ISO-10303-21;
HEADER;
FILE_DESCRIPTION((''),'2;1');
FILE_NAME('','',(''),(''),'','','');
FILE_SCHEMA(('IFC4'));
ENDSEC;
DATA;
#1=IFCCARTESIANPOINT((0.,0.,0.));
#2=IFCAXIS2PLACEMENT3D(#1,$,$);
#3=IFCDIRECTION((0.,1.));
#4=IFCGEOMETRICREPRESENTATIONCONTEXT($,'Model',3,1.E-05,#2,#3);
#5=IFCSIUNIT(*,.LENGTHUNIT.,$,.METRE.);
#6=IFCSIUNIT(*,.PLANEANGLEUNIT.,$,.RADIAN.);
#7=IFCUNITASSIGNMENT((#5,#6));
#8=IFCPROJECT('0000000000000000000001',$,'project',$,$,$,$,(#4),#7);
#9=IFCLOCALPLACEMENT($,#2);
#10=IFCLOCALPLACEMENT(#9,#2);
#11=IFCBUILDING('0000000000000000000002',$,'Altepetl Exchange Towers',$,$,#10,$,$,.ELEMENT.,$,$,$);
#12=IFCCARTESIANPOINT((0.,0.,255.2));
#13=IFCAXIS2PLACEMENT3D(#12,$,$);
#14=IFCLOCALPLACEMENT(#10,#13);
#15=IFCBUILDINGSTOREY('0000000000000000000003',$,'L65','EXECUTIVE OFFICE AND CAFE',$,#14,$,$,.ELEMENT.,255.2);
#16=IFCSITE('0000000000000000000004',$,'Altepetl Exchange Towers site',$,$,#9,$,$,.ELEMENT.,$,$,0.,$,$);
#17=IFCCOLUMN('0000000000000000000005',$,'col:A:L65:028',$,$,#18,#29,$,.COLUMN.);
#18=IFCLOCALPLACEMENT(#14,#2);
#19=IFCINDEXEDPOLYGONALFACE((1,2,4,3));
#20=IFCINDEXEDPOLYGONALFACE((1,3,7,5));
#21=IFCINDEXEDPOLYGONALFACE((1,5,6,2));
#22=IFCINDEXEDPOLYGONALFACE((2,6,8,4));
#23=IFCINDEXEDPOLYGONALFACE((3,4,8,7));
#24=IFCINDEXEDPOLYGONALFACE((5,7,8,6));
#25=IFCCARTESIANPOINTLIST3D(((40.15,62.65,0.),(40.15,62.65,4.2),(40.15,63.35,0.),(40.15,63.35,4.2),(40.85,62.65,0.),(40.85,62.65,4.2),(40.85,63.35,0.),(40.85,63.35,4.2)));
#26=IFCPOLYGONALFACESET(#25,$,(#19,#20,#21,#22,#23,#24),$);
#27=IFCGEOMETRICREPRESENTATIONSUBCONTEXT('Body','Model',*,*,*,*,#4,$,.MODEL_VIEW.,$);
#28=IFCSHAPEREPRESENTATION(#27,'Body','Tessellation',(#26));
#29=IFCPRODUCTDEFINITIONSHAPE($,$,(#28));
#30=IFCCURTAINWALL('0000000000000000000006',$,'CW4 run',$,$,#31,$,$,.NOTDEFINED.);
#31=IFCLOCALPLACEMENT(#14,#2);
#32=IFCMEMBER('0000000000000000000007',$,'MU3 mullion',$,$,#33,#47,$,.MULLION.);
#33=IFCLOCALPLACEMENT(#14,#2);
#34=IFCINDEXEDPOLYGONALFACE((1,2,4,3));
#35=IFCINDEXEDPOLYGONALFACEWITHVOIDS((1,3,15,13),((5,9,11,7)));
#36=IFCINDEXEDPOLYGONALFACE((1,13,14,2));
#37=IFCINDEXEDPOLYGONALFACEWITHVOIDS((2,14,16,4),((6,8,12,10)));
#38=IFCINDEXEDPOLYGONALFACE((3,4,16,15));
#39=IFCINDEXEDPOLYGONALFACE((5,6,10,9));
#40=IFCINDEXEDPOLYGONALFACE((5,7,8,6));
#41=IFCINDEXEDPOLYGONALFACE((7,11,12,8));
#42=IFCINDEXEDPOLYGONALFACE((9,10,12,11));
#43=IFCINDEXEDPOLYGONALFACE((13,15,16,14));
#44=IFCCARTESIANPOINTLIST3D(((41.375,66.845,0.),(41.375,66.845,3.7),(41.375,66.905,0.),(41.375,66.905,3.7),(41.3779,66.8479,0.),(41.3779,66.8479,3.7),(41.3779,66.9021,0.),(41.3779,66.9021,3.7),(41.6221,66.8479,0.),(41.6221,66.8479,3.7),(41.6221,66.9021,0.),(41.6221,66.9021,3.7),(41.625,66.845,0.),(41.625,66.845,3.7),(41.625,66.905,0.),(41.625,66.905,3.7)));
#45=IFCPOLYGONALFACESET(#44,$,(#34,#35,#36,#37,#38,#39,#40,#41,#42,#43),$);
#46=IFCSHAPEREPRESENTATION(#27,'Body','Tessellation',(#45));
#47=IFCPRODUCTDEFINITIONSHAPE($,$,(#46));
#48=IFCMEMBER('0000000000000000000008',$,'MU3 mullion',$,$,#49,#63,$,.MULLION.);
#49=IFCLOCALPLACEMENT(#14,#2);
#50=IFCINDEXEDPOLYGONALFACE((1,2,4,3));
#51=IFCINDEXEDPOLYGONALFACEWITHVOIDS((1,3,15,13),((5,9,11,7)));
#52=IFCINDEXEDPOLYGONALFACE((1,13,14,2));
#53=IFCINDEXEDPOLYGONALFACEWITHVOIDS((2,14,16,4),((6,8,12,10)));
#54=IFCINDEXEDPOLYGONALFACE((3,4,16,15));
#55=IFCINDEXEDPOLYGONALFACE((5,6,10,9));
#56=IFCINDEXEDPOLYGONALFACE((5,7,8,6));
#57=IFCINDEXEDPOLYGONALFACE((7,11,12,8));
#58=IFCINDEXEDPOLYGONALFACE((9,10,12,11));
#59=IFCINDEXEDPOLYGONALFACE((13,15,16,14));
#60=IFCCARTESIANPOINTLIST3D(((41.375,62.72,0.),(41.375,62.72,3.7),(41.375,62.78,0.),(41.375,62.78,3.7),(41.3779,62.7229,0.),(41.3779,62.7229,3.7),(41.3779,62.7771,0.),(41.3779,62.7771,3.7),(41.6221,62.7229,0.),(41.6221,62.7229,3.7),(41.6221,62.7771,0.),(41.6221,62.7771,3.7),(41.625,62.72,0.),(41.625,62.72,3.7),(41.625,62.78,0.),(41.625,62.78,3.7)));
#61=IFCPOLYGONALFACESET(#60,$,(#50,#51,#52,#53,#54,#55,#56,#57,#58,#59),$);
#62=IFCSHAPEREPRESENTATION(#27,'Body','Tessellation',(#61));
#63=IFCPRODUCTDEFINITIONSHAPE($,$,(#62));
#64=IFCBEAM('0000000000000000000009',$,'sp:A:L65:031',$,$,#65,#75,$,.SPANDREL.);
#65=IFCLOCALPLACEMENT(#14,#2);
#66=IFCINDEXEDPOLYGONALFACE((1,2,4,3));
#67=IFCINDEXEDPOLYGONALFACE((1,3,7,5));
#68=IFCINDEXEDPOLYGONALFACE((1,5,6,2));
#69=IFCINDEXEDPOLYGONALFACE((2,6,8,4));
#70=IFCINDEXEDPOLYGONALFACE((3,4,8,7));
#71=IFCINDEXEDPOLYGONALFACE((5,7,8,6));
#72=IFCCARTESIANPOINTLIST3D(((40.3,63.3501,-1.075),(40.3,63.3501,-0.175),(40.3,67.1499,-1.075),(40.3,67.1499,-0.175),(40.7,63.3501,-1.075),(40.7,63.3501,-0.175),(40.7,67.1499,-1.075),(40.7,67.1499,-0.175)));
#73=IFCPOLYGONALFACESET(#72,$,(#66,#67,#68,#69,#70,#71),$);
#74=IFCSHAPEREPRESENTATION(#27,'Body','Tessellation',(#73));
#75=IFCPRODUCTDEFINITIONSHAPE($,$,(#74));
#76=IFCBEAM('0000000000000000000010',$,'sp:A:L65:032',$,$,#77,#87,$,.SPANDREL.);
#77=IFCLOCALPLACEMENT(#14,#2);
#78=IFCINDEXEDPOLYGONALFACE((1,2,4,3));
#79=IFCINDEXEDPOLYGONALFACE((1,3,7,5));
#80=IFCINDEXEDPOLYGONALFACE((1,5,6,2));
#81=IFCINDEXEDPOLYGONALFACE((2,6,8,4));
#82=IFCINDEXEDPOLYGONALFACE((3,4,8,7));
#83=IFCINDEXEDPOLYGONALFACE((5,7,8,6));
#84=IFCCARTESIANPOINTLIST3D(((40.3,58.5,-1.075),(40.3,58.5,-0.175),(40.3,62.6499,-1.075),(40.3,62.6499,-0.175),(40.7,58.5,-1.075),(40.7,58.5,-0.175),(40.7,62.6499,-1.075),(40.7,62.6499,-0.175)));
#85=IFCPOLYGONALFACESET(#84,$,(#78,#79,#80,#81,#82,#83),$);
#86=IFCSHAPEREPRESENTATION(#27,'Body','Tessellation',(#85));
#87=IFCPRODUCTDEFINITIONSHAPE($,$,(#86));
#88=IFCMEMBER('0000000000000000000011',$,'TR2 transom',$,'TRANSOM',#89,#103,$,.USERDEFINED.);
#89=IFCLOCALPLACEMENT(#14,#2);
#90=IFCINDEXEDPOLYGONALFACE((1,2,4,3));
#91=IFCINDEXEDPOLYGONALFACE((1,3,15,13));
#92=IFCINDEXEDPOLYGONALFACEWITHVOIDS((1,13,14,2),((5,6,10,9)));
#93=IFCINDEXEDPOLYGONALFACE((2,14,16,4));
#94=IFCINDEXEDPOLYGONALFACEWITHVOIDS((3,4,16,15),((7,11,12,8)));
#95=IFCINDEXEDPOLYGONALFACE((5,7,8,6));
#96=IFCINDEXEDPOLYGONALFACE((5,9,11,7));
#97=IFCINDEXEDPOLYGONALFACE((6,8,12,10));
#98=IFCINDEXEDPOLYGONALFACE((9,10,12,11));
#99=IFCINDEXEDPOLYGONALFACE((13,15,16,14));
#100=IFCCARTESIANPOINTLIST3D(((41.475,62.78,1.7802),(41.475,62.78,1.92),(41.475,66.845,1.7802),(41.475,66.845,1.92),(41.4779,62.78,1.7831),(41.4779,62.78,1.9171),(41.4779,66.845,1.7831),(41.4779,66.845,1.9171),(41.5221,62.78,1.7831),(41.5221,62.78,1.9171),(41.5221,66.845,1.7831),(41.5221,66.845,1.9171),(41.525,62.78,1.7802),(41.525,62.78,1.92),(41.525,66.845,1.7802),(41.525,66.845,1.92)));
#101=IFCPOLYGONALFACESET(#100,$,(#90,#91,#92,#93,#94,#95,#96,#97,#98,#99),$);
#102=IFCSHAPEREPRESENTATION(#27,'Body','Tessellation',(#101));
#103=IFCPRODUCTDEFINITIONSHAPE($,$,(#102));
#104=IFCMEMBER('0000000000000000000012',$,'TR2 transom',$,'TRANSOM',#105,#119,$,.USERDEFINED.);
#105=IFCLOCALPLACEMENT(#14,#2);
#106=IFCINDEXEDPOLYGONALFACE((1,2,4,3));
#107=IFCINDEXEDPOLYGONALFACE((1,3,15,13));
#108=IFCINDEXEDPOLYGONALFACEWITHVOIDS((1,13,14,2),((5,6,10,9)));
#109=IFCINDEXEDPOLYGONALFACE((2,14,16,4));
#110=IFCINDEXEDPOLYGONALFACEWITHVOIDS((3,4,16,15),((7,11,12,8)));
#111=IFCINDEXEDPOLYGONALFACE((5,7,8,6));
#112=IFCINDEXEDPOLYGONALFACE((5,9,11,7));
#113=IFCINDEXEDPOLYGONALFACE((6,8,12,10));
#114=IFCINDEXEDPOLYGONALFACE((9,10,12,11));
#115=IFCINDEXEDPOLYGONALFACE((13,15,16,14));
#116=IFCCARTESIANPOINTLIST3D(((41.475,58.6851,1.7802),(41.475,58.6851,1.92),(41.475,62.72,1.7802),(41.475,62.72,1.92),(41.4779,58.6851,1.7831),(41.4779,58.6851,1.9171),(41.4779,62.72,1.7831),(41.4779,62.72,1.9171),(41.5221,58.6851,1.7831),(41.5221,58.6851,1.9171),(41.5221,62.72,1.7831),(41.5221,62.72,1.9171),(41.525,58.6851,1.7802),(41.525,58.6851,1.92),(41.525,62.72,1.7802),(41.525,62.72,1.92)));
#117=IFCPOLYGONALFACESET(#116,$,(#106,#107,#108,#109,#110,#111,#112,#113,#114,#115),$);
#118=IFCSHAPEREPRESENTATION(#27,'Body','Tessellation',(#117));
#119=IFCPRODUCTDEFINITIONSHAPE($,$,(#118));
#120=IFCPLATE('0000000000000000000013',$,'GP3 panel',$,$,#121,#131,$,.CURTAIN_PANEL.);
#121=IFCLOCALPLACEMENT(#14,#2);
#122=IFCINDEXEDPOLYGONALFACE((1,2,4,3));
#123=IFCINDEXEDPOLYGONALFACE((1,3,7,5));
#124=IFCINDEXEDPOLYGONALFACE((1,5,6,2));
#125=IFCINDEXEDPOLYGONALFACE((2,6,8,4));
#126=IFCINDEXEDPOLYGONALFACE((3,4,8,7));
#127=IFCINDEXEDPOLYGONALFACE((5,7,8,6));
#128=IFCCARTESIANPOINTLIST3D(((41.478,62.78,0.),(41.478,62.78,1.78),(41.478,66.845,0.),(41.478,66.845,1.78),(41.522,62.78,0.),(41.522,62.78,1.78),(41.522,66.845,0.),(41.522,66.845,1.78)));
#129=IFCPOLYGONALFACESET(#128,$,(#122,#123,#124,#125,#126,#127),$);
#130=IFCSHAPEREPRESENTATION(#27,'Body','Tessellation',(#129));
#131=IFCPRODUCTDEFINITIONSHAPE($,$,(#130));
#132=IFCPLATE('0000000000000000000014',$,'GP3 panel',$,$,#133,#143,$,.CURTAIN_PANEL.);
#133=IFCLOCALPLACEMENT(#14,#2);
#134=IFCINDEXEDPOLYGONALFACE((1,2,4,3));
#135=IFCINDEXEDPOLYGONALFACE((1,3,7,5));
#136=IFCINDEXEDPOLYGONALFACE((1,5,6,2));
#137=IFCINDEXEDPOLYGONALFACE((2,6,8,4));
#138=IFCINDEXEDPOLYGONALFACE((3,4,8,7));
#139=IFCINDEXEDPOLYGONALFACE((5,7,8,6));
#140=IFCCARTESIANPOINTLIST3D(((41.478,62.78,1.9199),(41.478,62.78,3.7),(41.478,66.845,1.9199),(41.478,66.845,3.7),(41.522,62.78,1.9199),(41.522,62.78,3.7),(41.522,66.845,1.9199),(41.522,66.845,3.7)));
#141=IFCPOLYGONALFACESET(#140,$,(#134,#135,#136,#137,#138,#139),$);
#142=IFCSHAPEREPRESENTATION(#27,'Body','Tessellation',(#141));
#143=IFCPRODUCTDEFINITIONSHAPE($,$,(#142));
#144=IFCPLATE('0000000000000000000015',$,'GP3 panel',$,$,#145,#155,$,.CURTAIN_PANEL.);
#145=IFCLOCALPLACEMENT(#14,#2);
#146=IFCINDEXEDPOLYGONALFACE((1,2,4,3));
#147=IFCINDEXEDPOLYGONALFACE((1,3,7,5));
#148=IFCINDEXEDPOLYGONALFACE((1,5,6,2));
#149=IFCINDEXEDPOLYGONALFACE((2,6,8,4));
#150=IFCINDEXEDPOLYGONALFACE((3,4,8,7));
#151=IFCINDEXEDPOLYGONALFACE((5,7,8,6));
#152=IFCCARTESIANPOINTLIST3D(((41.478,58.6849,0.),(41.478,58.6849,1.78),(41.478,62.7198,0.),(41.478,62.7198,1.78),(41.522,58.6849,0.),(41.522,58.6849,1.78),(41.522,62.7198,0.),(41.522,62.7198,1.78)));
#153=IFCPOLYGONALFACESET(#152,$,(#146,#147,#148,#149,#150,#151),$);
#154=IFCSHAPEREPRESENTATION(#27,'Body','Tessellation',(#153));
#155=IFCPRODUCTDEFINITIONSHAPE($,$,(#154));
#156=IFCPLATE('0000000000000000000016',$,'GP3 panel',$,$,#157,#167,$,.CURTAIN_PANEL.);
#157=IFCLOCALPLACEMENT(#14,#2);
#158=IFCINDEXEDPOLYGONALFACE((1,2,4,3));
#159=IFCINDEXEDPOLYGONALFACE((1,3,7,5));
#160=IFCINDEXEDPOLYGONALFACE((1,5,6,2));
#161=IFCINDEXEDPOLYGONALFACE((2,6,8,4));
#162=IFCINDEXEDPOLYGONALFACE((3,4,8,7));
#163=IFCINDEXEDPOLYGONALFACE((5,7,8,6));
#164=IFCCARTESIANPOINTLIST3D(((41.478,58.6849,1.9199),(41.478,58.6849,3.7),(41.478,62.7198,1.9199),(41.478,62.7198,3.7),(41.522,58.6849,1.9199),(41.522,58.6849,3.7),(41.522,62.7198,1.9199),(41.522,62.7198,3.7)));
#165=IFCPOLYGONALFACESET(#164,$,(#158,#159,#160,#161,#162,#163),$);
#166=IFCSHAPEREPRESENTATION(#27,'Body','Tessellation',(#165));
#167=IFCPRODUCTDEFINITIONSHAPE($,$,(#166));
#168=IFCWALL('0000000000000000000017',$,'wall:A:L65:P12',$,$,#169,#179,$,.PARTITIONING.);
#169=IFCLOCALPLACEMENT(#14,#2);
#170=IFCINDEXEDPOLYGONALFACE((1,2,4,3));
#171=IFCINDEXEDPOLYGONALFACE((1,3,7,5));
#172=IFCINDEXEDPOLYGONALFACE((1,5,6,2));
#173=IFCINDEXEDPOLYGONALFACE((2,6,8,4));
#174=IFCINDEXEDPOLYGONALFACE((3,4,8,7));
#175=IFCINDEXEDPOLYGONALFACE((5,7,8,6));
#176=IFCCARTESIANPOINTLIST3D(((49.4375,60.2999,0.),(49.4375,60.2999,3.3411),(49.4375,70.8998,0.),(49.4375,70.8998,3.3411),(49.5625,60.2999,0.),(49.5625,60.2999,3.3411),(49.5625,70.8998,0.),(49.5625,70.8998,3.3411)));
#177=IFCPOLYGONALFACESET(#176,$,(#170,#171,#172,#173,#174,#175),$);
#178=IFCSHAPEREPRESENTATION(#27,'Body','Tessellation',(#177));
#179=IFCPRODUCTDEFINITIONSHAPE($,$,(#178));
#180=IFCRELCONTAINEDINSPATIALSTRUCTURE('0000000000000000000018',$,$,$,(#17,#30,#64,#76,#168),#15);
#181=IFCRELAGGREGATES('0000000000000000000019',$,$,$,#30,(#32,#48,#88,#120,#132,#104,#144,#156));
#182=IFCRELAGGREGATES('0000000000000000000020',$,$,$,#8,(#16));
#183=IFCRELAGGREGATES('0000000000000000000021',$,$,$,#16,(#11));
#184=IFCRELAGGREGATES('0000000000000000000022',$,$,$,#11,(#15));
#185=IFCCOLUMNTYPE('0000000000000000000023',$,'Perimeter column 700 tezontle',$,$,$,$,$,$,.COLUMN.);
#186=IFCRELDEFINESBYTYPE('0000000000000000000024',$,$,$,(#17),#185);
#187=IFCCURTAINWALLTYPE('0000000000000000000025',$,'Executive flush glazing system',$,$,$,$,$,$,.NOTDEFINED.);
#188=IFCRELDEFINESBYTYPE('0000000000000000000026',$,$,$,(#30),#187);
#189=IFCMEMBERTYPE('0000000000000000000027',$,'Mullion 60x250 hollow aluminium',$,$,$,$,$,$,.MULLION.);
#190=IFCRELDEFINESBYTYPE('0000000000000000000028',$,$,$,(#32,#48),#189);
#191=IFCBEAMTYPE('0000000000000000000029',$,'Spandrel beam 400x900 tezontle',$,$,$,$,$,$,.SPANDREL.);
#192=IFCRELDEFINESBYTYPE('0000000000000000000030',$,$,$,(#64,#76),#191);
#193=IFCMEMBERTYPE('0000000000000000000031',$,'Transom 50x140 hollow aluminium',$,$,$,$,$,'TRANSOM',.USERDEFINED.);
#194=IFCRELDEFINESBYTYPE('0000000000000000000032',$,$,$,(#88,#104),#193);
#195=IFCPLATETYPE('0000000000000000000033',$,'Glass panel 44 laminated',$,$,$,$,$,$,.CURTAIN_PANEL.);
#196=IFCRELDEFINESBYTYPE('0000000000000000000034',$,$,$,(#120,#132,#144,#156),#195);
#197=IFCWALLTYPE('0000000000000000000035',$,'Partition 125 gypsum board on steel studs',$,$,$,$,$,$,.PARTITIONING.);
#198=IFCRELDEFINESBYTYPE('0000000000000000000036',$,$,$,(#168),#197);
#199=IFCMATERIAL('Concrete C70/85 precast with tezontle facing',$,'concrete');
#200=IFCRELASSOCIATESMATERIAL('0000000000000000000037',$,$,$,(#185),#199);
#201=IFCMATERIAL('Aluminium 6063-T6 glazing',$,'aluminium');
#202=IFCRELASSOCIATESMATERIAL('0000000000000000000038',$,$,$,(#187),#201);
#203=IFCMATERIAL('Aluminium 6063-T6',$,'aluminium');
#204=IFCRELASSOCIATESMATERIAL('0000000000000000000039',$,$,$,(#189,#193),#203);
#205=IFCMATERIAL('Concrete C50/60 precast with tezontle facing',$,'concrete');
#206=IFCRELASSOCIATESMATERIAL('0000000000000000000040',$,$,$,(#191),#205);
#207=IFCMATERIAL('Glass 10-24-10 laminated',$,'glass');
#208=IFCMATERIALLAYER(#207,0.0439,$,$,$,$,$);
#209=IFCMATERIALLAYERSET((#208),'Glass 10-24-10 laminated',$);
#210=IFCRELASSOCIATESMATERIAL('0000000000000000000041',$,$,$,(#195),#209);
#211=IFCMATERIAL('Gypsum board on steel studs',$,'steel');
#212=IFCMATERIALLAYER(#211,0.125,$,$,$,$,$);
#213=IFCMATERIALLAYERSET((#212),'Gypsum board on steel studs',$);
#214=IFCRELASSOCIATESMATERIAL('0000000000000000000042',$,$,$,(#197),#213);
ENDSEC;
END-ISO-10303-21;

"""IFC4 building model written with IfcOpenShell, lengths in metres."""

from ifc_helpers import new_model, si_unit, direction, frame, frame_2d, origin, origin_2d, place, context, subcontext, project, spatial, rectangle, hollow_rectangle, extrude, material, layer, layer_set, material_profile, profile_set, type_object, element, aggregate, save


model = new_model("IFC4")

# Units and contexts
model_context = context("Model", 3, precision=1e-05, world=origin(), true_north=direction((0.0, 1.0)))
body_context = subcontext(model_context, "Body", "Model", "MODEL_VIEW")
ifc_project = project(units=[si_unit("LENGTHUNIT", "METRE"), si_unit("PLANEANGLEUNIT", "RADIAN")], contexts=[model_context])

# Site, building, storey
site_placement = place(None, origin())
site = spatial("IfcSite", under=ifc_project, at=site_placement, Name="Altepetl Exchange Towers site", CompositionType="ELEMENT", RefElevation=0.0)
building_placement = place(site_placement, origin())
building = spatial("IfcBuilding", under=site, at=building_placement, Name="Altepetl Exchange Towers", CompositionType="ELEMENT")
storey_placement = place(building_placement, frame((0.0, 0.0, 255.2)))
storey = spatial("IfcBuildingStorey", under=building, at=storey_placement, Name="L65", Description="EXECUTIVE OFFICE AND CAFE", CompositionType="ELEMENT", Elevation=255.2)

# Column
ifc_material_1 = material(Name="Concrete C70/85 precast with tezontle facing", Category="concrete")
ifc_material_profile_1 = material_profile(ifc_material_1, rectangle(XDim=0.7, YDim=0.7, at=origin_2d()), Name="700 x 700")
ifc_profile_set_1 = profile_set([ifc_material_profile_1], Name="Concrete C70/85 precast with tezontle facing")
column_type = type_object("IfcColumnType", Name="Perimeter column 700 tezontle", PredefinedType="COLUMN", material=ifc_profile_set_1)
column_placement = place(storey_placement, frame((40.5, 63.0, 0.0)))
element("IfcColumn", 1, at=column_placement, inside=storey, type_object=column_type, Name="col:A:L65:028", PredefinedType="COLUMN", context=body_context, shape_type="SweptSolid", body=[
    extrude(rectangle(XDim=0.7, YDim=0.7, at=origin_2d()), origin(), (0.0, 0.0, 1.0), 4.2),
])

# Curtain wall, members
ifc_material_2 = material(Name="Aluminium 6063-T6 glazing", Category="aluminium")
curtain_wall_type = type_object("IfcCurtainWallType", Name="Executive flush glazing system", PredefinedType="NOTDEFINED", material=ifc_material_2)
curtain_wall_placement = place(storey_placement, origin())
curtain_wall = element("IfcCurtainWall", 2, at=curtain_wall_placement, inside=storey, type_object=curtain_wall_type, Name="CW4 run", PredefinedType="NOTDEFINED")
ifc_material_3 = material(Name="Aluminium 6063-T6", Category="aluminium")
ifc_material_profile_2 = material_profile(ifc_material_3, hollow_rectangle(XDim=0.0601, YDim=0.25, WallThickness=0.0029, at=origin_2d()), Name="Mullion 60x250 hollow aluminium")
ifc_profile_set_2 = profile_set([ifc_material_profile_2], Name="Aluminium 6063-T6")
member_type_1 = type_object("IfcMemberType", Name="Mullion 60x250 hollow aluminium", PredefinedType="MULLION", material=ifc_profile_set_2)
member_1_placement = place(storey_placement, frame((41.5, 66.875, 0.0), z_axis=(0.0, 0.0, 1.0), x_axis=(0.0, -1.0, 0.0)))
member_1 = element("IfcMember", 3, at=member_1_placement, type_object=member_type_1, Name="MU3 mullion", PredefinedType="MULLION", context=body_context, shape_type="SweptSolid", body=[
    extrude(hollow_rectangle(XDim=0.0601, YDim=0.25, WallThickness=0.0029, at=origin_2d()), origin(), (0.0, 0.0, 1.0), 3.7),
])
member_2_placement = place(storey_placement, frame((41.5, 62.75, 0.0), z_axis=(0.0, 0.0, 1.0), x_axis=(0.0, -1.0, 0.0)))
member_2 = element("IfcMember", 4, at=member_2_placement, type_object=member_type_1, Name="MU3 mullion", PredefinedType="MULLION", context=body_context, shape_type="SweptSolid", body=[
    extrude(hollow_rectangle(XDim=0.0601, YDim=0.25, WallThickness=0.0029, at=origin_2d()), origin(), (0.0, 0.0, 1.0), 3.7),
])

# Beams
ifc_material_4 = material(Name="Concrete C50/60 precast with tezontle facing", Category="concrete")
ifc_material_profile_3 = material_profile(ifc_material_4, rectangle(XDim=0.3999, YDim=0.8999, at=origin_2d()), Name="400 x 900")
ifc_profile_set_3 = profile_set([ifc_material_profile_3], Name="Concrete C50/60 precast with tezontle facing")
beam_type = type_object("IfcBeamType", Name="Spandrel beam 400x900 tezontle", PredefinedType="SPANDREL", material=ifc_profile_set_3)
beam_1_placement = place(storey_placement, frame((40.5, 67.1499, -0.625), z_axis=(0.0, -1.0, 0.0), x_axis=(1.0, 0.0, 0.0)))
element("IfcBeam", 5, at=beam_1_placement, inside=storey, type_object=beam_type, Name="sp:A:L65:031", PredefinedType="SPANDREL", context=body_context, shape_type="SweptSolid", body=[
    extrude(rectangle(XDim=0.3999, YDim=0.8999, at=origin_2d()), origin(), (0.0, 0.0, 1.0), 3.7998),
])
beam_2_placement = place(storey_placement, frame((40.5, 62.6499, -0.625), z_axis=(0.0, -1.0, 0.0), x_axis=(1.0, 0.0, 0.0)))
element("IfcBeam", 6, at=beam_2_placement, inside=storey, type_object=beam_type, Name="sp:A:L65:032", PredefinedType="SPANDREL", context=body_context, shape_type="SweptSolid", body=[
    extrude(rectangle(XDim=0.3999, YDim=0.8999, at=origin_2d()), origin(), (0.0, 0.0, 1.0), 4.1499),
])

# Members
ifc_material_profile_4 = material_profile(ifc_material_3, hollow_rectangle(XDim=0.05, YDim=0.1399, WallThickness=0.0029, at=origin_2d()), Name="Transom 50x140 hollow aluminium")
ifc_profile_set_4 = profile_set([ifc_material_profile_4], Name="Aluminium 6063-T6")
member_type_2 = type_object("IfcMemberType", Name="Transom 50x140 hollow aluminium", ElementType="TRANSOM", PredefinedType="USERDEFINED", material=ifc_profile_set_4)
member_3_placement = place(storey_placement, frame((41.5, 66.845, 1.8501), z_axis=(0.0, -1.0, 0.0), x_axis=(1.0, 0.0, 0.0)))
member_3 = element("IfcMember", 7, at=member_3_placement, type_object=member_type_2, Name="TR2 transom", ObjectType="TRANSOM", PredefinedType="USERDEFINED", context=body_context, shape_type="SweptSolid", body=[
    extrude(hollow_rectangle(XDim=0.05, YDim=0.1399, WallThickness=0.0029, at=origin_2d()), origin(), (0.0, 0.0, 1.0), 4.0649),
])
member_4_placement = place(storey_placement, frame((41.5, 62.72, 1.8501), z_axis=(0.0, -1.0, 0.0), x_axis=(1.0, 0.0, 0.0)))
member_4 = element("IfcMember", 8, at=member_4_placement, type_object=member_type_2, Name="TR2 transom", ObjectType="TRANSOM", PredefinedType="USERDEFINED", context=body_context, shape_type="SweptSolid", body=[
    extrude(hollow_rectangle(XDim=0.05, YDim=0.1399, WallThickness=0.0029, at=origin_2d()), origin(), (0.0, 0.0, 1.0), 4.0349),
])

# Plates
ifc_material_5 = material(Name="Glass 10-24-10 laminated", Category="glass")
ifc_layer_1 = layer(ifc_material_5, 0.0439)
ifc_layer_set_1 = layer_set([ifc_layer_1], Name="Glass 10-24-10 laminated")
plate_type = type_object("IfcPlateType", Name="Glass panel 44 laminated", PredefinedType="CURTAIN_PANEL", material=ifc_layer_set_1)
plate_1_placement = place(storey_placement, frame((41.5, 64.8125, 0.0), z_axis=(0.0, 0.0, 1.0), x_axis=(0.0, -1.0, 0.0)))
plate_1 = element("IfcPlate", 9, at=plate_1_placement, type_object=plate_type, Name="GP3 panel", PredefinedType="CURTAIN_PANEL", context=body_context, shape_type="SweptSolid", body=[
    extrude(rectangle(XDim=4.0649, YDim=0.0439, at=origin_2d()), origin(), (0.0, 0.0, 1.0), 1.78),
])
plate_2_placement = place(storey_placement, frame((41.5, 64.8125, 1.9199), z_axis=(0.0, 0.0, 1.0), x_axis=(0.0, -1.0, 0.0)))
plate_2 = element("IfcPlate", 10, at=plate_2_placement, type_object=plate_type, Name="GP3 panel", PredefinedType="CURTAIN_PANEL", context=body_context, shape_type="SweptSolid", body=[
    extrude(rectangle(XDim=4.0649, YDim=0.0439, at=origin_2d()), origin(), (0.0, 0.0, 1.0), 1.78),
])
plate_3_placement = place(storey_placement, frame((41.5, 60.7024, 0.0), z_axis=(0.0, 0.0, 1.0), x_axis=(0.0, -1.0, 0.0)))
plate_3 = element("IfcPlate", 11, at=plate_3_placement, type_object=plate_type, Name="GP3 panel", PredefinedType="CURTAIN_PANEL", context=body_context, shape_type="SweptSolid", body=[
    extrude(rectangle(XDim=4.0349, YDim=0.0439, at=origin_2d()), origin(), (0.0, 0.0, 1.0), 1.78),
])
plate_4_placement = place(storey_placement, frame((41.5, 60.7024, 1.9199), z_axis=(0.0, 0.0, 1.0), x_axis=(0.0, -1.0, 0.0)))
plate_4 = element("IfcPlate", 12, at=plate_4_placement, type_object=plate_type, Name="GP3 panel", PredefinedType="CURTAIN_PANEL", context=body_context, shape_type="SweptSolid", body=[
    extrude(rectangle(XDim=4.0349, YDim=0.0439, at=origin_2d()), origin(), (0.0, 0.0, 1.0), 1.78),
])
aggregate(curtain_wall, [member_1, member_2, member_3, plate_1, plate_2, member_4, plate_3, plate_4])

# Wall
ifc_material_6 = material(Name="Gypsum board on steel studs", Category="steel")
ifc_layer_2 = layer(ifc_material_6, 0.125)
ifc_layer_set_2 = layer_set([ifc_layer_2], Name="Gypsum board on steel studs")
wall_type = type_object("IfcWallType", Name="Partition 125 gypsum board on steel studs", PredefinedType="PARTITIONING", material=ifc_layer_set_2)
wall_placement = place(storey_placement, frame((49.5, 60.3, 0.0), z_axis=(0.0, 0.0, 1.0), x_axis=(0.0, 1.0, 0.0)))
element("IfcWall", 13, at=wall_placement, inside=storey, type_object=wall_type, Name="wall:A:L65:P12", PredefinedType="PARTITIONING", context=body_context, shape_type="SweptSolid", body=[
    extrude(rectangle(XDim=10.5999, YDim=0.125, at=frame_2d((5.2998, 0.0))), origin(), (0.0, 0.0, 1.0), 3.3411),
])

save(model, "model.ifc")
